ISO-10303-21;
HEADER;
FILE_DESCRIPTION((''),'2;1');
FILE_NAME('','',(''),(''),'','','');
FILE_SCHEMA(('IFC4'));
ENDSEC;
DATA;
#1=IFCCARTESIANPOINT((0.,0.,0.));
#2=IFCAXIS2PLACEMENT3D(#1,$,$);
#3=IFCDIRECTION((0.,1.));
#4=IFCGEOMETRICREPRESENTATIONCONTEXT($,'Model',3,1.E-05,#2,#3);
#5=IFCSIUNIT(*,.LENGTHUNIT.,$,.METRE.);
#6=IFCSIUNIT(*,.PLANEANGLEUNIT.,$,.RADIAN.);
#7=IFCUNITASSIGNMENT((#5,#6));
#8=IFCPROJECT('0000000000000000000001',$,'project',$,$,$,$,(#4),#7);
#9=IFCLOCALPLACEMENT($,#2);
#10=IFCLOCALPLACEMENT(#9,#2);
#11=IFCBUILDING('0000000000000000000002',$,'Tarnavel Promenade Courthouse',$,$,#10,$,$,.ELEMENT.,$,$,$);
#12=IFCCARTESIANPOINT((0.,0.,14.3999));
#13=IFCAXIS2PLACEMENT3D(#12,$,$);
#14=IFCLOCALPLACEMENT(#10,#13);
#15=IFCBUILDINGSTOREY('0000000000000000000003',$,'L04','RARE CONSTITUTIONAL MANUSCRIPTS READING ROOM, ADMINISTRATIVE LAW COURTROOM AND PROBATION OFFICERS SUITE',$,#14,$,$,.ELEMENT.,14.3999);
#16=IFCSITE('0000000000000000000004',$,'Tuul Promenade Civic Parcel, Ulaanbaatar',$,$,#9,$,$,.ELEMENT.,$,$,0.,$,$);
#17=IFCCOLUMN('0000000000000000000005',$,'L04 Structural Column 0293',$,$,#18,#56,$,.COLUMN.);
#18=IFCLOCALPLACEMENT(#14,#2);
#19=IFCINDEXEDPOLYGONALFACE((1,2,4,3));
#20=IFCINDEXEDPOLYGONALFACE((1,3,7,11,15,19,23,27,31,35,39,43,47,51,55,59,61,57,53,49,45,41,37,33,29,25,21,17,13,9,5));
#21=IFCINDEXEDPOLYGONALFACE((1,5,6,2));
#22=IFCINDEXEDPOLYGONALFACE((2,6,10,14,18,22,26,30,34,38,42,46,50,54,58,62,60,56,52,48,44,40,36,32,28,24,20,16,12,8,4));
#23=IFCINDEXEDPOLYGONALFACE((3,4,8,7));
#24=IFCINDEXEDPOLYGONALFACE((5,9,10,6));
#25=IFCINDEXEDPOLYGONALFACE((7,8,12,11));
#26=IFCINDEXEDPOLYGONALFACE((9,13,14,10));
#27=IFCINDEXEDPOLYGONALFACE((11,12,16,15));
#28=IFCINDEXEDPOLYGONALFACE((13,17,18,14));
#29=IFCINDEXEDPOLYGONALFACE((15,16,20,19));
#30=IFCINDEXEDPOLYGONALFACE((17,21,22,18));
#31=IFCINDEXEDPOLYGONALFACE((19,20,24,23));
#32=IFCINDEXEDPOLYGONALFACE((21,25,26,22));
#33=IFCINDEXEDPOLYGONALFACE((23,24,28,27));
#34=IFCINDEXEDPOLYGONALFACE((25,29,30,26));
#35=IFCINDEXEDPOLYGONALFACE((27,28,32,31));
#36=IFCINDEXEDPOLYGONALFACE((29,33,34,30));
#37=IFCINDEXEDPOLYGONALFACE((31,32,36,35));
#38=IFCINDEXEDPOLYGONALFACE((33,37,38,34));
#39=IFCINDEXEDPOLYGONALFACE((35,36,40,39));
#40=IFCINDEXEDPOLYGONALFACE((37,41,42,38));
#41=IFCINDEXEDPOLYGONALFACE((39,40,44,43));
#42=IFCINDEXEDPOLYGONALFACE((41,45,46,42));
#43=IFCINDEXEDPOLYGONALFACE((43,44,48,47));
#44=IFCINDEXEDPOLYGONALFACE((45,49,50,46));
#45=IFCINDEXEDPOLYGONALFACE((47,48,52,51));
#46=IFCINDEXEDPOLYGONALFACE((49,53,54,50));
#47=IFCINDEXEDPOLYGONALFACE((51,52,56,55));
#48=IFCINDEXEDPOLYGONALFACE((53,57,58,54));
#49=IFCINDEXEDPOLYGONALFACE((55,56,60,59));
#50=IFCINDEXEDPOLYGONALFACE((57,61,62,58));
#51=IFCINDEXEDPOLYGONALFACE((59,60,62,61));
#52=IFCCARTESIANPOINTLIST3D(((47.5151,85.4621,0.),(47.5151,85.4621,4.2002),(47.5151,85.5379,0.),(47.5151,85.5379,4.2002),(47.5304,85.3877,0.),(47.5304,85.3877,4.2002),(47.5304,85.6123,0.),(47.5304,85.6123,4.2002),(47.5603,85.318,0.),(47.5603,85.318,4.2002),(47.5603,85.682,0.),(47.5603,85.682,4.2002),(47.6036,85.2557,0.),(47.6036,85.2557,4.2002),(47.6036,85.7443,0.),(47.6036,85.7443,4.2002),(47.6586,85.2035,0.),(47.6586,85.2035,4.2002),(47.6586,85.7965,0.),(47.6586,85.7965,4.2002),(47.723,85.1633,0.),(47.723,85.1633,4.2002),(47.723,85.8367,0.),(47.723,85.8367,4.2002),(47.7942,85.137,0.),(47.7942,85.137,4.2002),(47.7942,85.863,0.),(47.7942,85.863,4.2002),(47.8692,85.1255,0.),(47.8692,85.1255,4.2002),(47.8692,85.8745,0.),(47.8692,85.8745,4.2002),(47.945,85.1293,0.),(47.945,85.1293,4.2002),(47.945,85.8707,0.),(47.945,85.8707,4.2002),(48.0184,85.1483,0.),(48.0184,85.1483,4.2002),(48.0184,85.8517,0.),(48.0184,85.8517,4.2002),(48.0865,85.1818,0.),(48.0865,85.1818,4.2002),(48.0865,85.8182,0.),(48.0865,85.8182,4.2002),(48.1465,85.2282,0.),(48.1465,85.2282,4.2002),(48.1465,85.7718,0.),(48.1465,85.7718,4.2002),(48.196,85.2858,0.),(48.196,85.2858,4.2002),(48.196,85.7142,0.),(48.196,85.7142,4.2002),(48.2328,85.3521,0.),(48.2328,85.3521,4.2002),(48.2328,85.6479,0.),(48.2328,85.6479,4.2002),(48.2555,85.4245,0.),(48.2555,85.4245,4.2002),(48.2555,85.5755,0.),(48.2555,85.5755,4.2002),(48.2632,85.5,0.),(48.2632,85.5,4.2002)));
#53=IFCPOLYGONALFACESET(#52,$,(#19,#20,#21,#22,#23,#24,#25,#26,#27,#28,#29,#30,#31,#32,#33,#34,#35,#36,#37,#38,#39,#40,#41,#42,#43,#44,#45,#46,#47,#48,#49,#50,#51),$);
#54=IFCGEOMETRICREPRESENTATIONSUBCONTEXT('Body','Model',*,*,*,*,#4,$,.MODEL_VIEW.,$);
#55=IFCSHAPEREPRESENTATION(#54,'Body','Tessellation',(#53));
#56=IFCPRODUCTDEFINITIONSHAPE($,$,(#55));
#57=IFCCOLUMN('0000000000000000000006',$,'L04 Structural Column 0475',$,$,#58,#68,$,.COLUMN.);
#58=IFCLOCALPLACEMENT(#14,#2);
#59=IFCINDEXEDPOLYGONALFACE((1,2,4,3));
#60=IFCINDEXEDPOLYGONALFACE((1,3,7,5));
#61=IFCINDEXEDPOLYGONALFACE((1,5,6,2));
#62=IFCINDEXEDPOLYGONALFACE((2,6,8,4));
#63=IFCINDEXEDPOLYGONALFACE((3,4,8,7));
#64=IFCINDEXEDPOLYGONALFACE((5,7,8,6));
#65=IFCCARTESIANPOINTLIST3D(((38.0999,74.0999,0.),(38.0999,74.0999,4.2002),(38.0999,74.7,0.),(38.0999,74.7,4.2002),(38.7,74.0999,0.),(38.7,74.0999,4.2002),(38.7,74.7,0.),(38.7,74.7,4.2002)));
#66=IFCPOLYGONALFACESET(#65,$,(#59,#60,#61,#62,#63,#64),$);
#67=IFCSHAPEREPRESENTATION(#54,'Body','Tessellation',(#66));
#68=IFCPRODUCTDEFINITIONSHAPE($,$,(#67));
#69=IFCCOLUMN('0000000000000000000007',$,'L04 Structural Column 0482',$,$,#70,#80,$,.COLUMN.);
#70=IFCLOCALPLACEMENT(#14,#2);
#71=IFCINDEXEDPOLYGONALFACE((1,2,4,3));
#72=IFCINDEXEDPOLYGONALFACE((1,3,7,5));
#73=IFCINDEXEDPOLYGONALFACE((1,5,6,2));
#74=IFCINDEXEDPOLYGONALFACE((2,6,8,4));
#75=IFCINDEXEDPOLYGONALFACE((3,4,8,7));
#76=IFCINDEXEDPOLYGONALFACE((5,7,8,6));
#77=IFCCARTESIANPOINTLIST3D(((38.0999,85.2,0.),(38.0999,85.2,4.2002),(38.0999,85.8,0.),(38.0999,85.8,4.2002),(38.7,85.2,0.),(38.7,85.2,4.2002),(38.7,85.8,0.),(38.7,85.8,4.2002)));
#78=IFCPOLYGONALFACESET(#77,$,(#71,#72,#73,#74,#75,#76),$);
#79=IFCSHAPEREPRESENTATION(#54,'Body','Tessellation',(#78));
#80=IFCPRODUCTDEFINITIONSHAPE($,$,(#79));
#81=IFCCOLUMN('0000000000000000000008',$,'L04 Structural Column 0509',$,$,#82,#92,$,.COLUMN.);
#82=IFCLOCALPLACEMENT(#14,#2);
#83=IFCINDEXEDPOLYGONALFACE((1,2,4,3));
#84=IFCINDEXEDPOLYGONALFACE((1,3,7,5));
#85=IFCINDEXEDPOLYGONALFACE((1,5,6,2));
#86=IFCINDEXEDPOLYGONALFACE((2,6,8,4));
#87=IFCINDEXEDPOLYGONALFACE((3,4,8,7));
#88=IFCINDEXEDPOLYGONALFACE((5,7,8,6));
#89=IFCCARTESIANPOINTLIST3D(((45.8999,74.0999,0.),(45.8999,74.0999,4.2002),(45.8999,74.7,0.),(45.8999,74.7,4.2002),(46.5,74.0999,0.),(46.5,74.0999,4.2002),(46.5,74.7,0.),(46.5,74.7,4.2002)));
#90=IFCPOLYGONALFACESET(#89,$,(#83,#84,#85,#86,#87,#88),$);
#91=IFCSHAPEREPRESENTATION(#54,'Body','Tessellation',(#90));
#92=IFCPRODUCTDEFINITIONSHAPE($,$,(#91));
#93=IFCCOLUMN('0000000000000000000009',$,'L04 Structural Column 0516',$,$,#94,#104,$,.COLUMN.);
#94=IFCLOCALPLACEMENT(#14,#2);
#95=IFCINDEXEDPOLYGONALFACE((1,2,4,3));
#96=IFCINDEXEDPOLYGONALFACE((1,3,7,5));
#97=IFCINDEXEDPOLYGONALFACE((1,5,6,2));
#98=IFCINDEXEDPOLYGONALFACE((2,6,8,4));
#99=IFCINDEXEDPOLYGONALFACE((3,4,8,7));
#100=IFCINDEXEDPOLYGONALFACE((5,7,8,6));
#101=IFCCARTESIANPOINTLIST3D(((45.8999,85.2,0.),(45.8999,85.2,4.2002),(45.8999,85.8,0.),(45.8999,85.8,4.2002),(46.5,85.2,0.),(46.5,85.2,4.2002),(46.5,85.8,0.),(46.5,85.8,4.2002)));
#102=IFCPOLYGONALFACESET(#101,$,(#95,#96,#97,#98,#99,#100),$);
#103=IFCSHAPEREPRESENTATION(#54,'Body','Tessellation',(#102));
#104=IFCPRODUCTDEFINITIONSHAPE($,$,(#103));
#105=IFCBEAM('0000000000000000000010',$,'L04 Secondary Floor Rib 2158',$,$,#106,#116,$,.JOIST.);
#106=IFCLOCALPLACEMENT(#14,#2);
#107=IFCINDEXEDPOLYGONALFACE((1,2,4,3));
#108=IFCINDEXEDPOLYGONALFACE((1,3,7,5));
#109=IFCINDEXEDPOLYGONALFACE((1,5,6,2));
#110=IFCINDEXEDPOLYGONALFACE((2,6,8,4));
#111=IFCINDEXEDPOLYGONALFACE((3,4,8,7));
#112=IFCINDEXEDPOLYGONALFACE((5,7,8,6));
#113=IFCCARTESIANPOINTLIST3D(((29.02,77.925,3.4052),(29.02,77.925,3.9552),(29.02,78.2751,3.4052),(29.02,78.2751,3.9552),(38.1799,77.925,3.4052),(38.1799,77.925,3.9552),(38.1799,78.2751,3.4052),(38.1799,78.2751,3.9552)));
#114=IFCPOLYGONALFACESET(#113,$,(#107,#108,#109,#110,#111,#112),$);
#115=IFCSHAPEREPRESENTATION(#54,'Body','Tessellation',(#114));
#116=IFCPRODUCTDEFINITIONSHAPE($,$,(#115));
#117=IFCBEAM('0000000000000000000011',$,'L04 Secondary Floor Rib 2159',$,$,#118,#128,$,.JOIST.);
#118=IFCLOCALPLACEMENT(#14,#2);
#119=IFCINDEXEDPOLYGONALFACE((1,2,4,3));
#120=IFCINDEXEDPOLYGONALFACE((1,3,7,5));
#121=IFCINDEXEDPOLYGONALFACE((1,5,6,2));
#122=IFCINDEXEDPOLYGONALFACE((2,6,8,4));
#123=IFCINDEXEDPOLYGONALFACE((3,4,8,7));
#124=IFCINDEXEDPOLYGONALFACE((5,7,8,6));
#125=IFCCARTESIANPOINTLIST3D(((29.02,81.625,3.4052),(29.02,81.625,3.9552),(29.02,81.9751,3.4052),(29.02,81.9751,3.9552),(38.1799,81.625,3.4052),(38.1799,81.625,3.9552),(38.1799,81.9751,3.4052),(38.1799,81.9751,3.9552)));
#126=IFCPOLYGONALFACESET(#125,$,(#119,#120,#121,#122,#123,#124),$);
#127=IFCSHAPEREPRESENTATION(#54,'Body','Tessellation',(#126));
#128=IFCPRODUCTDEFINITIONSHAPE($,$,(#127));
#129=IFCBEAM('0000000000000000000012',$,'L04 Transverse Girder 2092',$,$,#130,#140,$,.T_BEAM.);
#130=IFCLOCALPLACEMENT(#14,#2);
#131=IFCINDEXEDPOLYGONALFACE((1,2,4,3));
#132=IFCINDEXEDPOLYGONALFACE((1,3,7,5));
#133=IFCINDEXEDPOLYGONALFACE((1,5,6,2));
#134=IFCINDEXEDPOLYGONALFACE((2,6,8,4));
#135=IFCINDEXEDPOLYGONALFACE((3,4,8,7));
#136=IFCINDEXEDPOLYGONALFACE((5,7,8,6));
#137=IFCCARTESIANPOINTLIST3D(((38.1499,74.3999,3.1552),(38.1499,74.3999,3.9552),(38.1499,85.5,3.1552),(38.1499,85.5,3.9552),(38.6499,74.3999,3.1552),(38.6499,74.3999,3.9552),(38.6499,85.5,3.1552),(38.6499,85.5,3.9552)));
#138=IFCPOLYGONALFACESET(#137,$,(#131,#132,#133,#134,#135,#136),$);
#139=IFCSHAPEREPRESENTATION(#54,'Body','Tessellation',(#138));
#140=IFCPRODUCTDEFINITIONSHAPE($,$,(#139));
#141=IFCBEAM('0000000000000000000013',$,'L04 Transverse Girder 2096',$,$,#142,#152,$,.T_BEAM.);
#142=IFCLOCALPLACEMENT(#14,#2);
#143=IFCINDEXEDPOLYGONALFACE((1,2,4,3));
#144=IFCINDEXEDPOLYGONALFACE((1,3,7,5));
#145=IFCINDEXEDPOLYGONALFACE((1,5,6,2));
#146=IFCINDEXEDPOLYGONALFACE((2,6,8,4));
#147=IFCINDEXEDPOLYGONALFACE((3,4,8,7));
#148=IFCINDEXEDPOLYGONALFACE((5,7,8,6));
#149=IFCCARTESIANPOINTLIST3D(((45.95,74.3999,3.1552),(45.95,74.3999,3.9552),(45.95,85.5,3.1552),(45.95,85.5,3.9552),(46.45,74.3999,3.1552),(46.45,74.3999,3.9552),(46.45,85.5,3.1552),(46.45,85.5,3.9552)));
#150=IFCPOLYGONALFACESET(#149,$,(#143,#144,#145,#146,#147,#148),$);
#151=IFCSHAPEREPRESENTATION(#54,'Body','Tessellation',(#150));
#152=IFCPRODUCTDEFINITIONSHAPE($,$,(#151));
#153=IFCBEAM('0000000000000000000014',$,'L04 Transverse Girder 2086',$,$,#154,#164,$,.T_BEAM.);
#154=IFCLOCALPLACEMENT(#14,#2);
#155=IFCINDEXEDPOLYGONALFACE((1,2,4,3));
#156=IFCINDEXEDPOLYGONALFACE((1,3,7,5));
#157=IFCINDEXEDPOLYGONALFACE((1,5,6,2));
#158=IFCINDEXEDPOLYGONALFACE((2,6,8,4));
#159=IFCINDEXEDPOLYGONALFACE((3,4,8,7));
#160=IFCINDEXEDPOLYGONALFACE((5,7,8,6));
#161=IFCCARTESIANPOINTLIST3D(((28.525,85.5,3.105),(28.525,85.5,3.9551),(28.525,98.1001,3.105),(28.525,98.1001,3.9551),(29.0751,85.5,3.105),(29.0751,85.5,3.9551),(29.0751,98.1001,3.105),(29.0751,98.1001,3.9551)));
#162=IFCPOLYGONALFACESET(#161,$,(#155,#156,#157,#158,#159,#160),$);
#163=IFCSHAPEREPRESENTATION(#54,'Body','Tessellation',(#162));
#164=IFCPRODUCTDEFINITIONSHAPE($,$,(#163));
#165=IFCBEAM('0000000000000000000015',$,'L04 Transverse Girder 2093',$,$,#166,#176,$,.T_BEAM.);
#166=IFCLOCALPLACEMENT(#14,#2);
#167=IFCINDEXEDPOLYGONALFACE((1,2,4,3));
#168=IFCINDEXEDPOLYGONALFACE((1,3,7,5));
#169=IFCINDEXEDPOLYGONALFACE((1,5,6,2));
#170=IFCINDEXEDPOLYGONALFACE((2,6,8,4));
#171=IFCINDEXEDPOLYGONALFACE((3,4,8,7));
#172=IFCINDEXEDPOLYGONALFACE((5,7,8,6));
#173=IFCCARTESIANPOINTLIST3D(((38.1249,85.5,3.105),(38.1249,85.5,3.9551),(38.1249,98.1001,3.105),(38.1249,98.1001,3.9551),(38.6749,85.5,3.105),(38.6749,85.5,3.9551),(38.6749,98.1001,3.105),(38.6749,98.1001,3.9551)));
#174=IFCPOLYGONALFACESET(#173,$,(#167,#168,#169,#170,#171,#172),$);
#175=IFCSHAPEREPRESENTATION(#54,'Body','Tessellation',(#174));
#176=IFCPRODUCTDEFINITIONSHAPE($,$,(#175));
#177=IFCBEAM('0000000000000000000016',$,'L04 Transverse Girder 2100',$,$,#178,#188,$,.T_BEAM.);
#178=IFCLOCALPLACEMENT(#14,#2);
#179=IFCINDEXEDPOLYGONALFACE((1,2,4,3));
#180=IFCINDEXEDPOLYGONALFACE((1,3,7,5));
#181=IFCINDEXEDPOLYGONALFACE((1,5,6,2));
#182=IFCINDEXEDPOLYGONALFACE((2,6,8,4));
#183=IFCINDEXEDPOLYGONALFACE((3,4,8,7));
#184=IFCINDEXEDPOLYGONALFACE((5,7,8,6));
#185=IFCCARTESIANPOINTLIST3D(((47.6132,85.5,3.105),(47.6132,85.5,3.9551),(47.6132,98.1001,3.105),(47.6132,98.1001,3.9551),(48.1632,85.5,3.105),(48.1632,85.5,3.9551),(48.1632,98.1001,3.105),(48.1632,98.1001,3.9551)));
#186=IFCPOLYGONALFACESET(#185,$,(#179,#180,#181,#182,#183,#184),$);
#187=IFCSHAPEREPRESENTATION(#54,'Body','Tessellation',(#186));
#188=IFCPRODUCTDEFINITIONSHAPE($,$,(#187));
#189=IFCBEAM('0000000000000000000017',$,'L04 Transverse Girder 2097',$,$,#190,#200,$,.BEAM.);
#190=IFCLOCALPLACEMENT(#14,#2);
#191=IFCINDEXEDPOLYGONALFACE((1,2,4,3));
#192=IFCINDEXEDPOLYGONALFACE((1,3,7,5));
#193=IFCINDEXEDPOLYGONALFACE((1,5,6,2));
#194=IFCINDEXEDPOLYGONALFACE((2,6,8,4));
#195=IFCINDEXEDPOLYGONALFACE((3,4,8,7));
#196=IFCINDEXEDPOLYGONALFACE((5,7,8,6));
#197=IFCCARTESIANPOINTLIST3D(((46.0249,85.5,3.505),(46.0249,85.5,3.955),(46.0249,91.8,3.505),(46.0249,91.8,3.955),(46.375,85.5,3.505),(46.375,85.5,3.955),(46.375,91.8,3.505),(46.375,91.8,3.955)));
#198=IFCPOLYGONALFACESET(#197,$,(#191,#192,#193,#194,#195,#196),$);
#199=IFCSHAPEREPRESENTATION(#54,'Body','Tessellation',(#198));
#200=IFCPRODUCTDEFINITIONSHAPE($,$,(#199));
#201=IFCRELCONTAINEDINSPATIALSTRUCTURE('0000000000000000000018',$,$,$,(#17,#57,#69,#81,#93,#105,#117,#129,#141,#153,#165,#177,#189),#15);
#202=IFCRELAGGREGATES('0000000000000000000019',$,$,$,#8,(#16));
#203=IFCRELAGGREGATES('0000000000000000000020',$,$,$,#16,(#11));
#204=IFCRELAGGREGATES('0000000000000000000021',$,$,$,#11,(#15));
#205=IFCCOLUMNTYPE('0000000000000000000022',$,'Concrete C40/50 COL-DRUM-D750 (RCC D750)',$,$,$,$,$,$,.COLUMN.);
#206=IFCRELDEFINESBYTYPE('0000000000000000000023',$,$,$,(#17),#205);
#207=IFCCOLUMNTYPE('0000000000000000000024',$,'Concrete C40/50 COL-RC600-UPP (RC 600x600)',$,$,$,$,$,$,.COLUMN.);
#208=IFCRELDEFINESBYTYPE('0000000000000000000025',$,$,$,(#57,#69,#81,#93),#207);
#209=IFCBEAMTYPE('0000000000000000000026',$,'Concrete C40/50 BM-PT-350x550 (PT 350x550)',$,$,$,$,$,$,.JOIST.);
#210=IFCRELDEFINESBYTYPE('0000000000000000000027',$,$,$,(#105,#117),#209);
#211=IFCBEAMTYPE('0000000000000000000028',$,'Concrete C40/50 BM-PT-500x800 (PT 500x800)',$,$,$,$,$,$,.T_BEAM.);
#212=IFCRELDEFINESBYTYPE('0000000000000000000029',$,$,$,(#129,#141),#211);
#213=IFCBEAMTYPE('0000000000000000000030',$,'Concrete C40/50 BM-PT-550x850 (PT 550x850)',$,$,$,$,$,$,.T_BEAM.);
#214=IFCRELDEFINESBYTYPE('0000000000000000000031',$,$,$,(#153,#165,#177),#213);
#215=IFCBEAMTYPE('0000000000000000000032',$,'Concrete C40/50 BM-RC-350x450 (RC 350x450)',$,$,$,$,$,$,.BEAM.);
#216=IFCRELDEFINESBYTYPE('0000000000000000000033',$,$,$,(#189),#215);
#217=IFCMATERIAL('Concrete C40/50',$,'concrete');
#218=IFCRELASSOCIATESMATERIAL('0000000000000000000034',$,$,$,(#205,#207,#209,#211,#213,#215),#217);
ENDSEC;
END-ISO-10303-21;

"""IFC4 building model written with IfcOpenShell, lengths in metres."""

from ifc_helpers import new_model, si_unit, direction, frame, origin, origin_2d, place, context, subcontext, project, spatial, rectangle, circle, extrude, material, material_profile, profile_set, type_object, element, save


model = new_model("IFC4")

# Units and contexts
model_context = context("Model", 3, precision=1e-05, world=origin(), true_north=direction((0.0, 1.0)))
body_context = subcontext(model_context, "Body", "Model", "MODEL_VIEW")
ifc_project = project(units=[si_unit("LENGTHUNIT", "METRE"), si_unit("PLANEANGLEUNIT", "RADIAN")], contexts=[model_context])

# Site, building, storey
site_placement = place(None, origin())
site = spatial("IfcSite", under=ifc_project, at=site_placement, Name="Tuul Promenade Civic Parcel, Ulaanbaatar", CompositionType="ELEMENT", RefElevation=0.0)
building_placement = place(site_placement, origin())
building = spatial("IfcBuilding", under=site, at=building_placement, Name="Tarnavel Promenade Courthouse", CompositionType="ELEMENT")
storey_placement = place(building_placement, frame((0.0, 0.0, 14.3999)))
storey = spatial("IfcBuildingStorey", under=building, at=storey_placement, Name="L04", Description="RARE CONSTITUTIONAL MANUSCRIPTS READING ROOM, ADMINISTRATIVE LAW COURTROOM AND PROBATION OFFICERS SUITE", CompositionType="ELEMENT", Elevation=14.3999)

# Columns
ifc_material_1 = material(Name="Concrete C40/50", Category="concrete")
ifc_material_profile_1 = material_profile(ifc_material_1, circle(Radius=0.375, at=origin_2d()), Name="RCC D750")
ifc_profile_set_1 = profile_set([ifc_material_profile_1], Name="Concrete C40/50")
column_type_1 = type_object("IfcColumnType", Name="Concrete C40/50 COL-DRUM-D750 (RCC D750)", PredefinedType="COLUMN", material=ifc_profile_set_1)
column_placement = place(storey_placement, frame((47.8882, 85.5, 0.0), z_axis=(0.0, 0.0, 1.0), x_axis=(1.0, 0.0, 0.0)))
element("IfcColumn", 1, at=column_placement, inside=storey, type_object=column_type_1, Name="L04 Structural Column 0293", PredefinedType="COLUMN", context=body_context, shape_type="SweptSolid", body=[
    extrude(circle(Radius=0.375, at=origin_2d()), origin(), (0.0, 0.0, 1.0), 4.2002),
])
ifc_material_profile_2 = material_profile(ifc_material_1, rectangle(XDim=0.6001, YDim=0.6001, at=origin_2d()), Name="RC 600x600")
ifc_profile_set_2 = profile_set([ifc_material_profile_2], Name="Concrete C40/50")
column_type_2 = type_object("IfcColumnType", Name="Concrete C40/50 COL-RC600-UPP (RC 600x600)", PredefinedType="COLUMN", material=ifc_profile_set_2)
for number, where, z_axis, x_axis, name in (
    (2, (38.3999, 74.3999, 0.0), (0.0, 0.0, 1.0), (1.0, 0.0, 0.0), "L04 Structural Column 0475"),
    (3, (38.3999, 85.5, 0.0), (0.0, 0.0, 1.0), (1.0, 0.0, 0.0), "L04 Structural Column 0482"),
    (4, (46.2, 74.3999, 0.0), (0.0, 0.0, 1.0), (1.0, 0.0, 0.0), "L04 Structural Column 0509"),
    (5, (46.2, 85.5, 0.0), (0.0, 0.0, 1.0), (1.0, 0.0, 0.0), "L04 Structural Column 0516"),
):
    element("IfcColumn", number, at=place(storey_placement, frame(where, z_axis=z_axis, x_axis=x_axis)), inside=storey, type_object=column_type_2, Name=name, PredefinedType="COLUMN", context=body_context, shape_type="SweptSolid", body=[
        extrude(rectangle(XDim=0.6001, YDim=0.6001, at=origin_2d()), origin(), (0.0, 0.0, 1.0), 4.2002),
    ])

# Beams
ifc_material_profile_3 = material_profile(ifc_material_1, rectangle(XDim=0.3501, YDim=0.55, at=origin_2d()), Name="PT 350x550")
ifc_profile_set_3 = profile_set([ifc_material_profile_3], Name="Concrete C40/50")
beam_type_1 = type_object("IfcBeamType", Name="Concrete C40/50 BM-PT-350x550 (PT 350x550)", PredefinedType="JOIST", material=ifc_profile_set_3)
for number, where, z_axis, x_axis, name in (
    (6, (29.02, 78.1001, 3.6802), (1.0, 0.0, 0.0), (0.0, 1.0, 0.0), "L04 Secondary Floor Rib 2158"),
    (7, (29.02, 81.8, 3.6802), (1.0, 0.0, 0.0), (0.0, 1.0, 0.0), "L04 Secondary Floor Rib 2159"),
):
    element("IfcBeam", number, at=place(storey_placement, frame(where, z_axis=z_axis, x_axis=x_axis)), inside=storey, type_object=beam_type_1, Name=name, PredefinedType="JOIST", context=body_context, shape_type="SweptSolid", body=[
        extrude(rectangle(XDim=0.3501, YDim=0.55, at=origin_2d()), origin(), (0.0, 0.0, 1.0), 9.1599),
    ])
ifc_material_profile_4 = material_profile(ifc_material_1, rectangle(XDim=0.5, YDim=0.8, at=origin_2d()), Name="PT 500x800")
ifc_profile_set_4 = profile_set([ifc_material_profile_4], Name="Concrete C40/50")
beam_type_2 = type_object("IfcBeamType", Name="Concrete C40/50 BM-PT-500x800 (PT 500x800)", PredefinedType="T_BEAM", material=ifc_profile_set_4)
for number, where, z_axis, x_axis, name in (
    (8, (38.3999, 74.3999, 3.5552), (0.0, 1.0, 0.0), (-1.0, 0.0, 0.0), "L04 Transverse Girder 2092"),
    (9, (46.2, 74.3999, 3.5552), (0.0, 1.0, 0.0), (-1.0, 0.0, 0.0), "L04 Transverse Girder 2096"),
):
    element("IfcBeam", number, at=place(storey_placement, frame(where, z_axis=z_axis, x_axis=x_axis)), inside=storey, type_object=beam_type_2, Name=name, PredefinedType="T_BEAM", context=body_context, shape_type="SweptSolid", body=[
        extrude(rectangle(XDim=0.5, YDim=0.8, at=origin_2d()), origin(), (0.0, 0.0, 1.0), 11.1001),
    ])
ifc_material_profile_5 = material_profile(ifc_material_1, rectangle(XDim=0.55, YDim=0.8501, at=origin_2d()), Name="PT 550x850")
ifc_profile_set_5 = profile_set([ifc_material_profile_5], Name="Concrete C40/50")
beam_type_3 = type_object("IfcBeamType", Name="Concrete C40/50 BM-PT-550x850 (PT 550x850)", PredefinedType="T_BEAM", material=ifc_profile_set_5)
for number, where, z_axis, x_axis, name in (
    (10, (28.8, 85.5, 3.53), (0.0, 1.0, 0.0), (-1.0, 0.0, 0.0), "L04 Transverse Girder 2086"),
    (11, (38.3999, 85.5, 3.53), (0.0, 1.0, 0.0), (-1.0, 0.0, 0.0), "L04 Transverse Girder 2093"),
    (12, (47.8882, 85.5, 3.53), (0.0, 1.0, 0.0), (-1.0, 0.0, 0.0), "L04 Transverse Girder 2100"),
):
    element("IfcBeam", number, at=place(storey_placement, frame(where, z_axis=z_axis, x_axis=x_axis)), inside=storey, type_object=beam_type_3, Name=name, PredefinedType="T_BEAM", context=body_context, shape_type="SweptSolid", body=[
        extrude(rectangle(XDim=0.55, YDim=0.8501, at=origin_2d()), origin(), (0.0, 0.0, 1.0), 12.6001),
    ])
ifc_material_profile_6 = material_profile(ifc_material_1, rectangle(XDim=0.3501, YDim=0.45, at=origin_2d()), Name="RC 350x450")
ifc_profile_set_6 = profile_set([ifc_material_profile_6], Name="Concrete C40/50")
beam_type_4 = type_object("IfcBeamType", Name="Concrete C40/50 BM-RC-350x450 (RC 350x450)", PredefinedType="BEAM", material=ifc_profile_set_6)
beam_1_placement = place(storey_placement, frame((46.2, 85.5, 3.73), z_axis=(0.0, 1.0, 0.0), x_axis=(-1.0, 0.0, 0.0)))
element("IfcBeam", 13, at=beam_1_placement, inside=storey, type_object=beam_type_4, Name="L04 Transverse Girder 2097", PredefinedType="BEAM", context=body_context, shape_type="SweptSolid", body=[
    extrude(rectangle(XDim=0.3501, YDim=0.45, at=origin_2d()), origin(), (0.0, 0.0, 1.0), 6.3),
])

save(model, "model.ifc")
